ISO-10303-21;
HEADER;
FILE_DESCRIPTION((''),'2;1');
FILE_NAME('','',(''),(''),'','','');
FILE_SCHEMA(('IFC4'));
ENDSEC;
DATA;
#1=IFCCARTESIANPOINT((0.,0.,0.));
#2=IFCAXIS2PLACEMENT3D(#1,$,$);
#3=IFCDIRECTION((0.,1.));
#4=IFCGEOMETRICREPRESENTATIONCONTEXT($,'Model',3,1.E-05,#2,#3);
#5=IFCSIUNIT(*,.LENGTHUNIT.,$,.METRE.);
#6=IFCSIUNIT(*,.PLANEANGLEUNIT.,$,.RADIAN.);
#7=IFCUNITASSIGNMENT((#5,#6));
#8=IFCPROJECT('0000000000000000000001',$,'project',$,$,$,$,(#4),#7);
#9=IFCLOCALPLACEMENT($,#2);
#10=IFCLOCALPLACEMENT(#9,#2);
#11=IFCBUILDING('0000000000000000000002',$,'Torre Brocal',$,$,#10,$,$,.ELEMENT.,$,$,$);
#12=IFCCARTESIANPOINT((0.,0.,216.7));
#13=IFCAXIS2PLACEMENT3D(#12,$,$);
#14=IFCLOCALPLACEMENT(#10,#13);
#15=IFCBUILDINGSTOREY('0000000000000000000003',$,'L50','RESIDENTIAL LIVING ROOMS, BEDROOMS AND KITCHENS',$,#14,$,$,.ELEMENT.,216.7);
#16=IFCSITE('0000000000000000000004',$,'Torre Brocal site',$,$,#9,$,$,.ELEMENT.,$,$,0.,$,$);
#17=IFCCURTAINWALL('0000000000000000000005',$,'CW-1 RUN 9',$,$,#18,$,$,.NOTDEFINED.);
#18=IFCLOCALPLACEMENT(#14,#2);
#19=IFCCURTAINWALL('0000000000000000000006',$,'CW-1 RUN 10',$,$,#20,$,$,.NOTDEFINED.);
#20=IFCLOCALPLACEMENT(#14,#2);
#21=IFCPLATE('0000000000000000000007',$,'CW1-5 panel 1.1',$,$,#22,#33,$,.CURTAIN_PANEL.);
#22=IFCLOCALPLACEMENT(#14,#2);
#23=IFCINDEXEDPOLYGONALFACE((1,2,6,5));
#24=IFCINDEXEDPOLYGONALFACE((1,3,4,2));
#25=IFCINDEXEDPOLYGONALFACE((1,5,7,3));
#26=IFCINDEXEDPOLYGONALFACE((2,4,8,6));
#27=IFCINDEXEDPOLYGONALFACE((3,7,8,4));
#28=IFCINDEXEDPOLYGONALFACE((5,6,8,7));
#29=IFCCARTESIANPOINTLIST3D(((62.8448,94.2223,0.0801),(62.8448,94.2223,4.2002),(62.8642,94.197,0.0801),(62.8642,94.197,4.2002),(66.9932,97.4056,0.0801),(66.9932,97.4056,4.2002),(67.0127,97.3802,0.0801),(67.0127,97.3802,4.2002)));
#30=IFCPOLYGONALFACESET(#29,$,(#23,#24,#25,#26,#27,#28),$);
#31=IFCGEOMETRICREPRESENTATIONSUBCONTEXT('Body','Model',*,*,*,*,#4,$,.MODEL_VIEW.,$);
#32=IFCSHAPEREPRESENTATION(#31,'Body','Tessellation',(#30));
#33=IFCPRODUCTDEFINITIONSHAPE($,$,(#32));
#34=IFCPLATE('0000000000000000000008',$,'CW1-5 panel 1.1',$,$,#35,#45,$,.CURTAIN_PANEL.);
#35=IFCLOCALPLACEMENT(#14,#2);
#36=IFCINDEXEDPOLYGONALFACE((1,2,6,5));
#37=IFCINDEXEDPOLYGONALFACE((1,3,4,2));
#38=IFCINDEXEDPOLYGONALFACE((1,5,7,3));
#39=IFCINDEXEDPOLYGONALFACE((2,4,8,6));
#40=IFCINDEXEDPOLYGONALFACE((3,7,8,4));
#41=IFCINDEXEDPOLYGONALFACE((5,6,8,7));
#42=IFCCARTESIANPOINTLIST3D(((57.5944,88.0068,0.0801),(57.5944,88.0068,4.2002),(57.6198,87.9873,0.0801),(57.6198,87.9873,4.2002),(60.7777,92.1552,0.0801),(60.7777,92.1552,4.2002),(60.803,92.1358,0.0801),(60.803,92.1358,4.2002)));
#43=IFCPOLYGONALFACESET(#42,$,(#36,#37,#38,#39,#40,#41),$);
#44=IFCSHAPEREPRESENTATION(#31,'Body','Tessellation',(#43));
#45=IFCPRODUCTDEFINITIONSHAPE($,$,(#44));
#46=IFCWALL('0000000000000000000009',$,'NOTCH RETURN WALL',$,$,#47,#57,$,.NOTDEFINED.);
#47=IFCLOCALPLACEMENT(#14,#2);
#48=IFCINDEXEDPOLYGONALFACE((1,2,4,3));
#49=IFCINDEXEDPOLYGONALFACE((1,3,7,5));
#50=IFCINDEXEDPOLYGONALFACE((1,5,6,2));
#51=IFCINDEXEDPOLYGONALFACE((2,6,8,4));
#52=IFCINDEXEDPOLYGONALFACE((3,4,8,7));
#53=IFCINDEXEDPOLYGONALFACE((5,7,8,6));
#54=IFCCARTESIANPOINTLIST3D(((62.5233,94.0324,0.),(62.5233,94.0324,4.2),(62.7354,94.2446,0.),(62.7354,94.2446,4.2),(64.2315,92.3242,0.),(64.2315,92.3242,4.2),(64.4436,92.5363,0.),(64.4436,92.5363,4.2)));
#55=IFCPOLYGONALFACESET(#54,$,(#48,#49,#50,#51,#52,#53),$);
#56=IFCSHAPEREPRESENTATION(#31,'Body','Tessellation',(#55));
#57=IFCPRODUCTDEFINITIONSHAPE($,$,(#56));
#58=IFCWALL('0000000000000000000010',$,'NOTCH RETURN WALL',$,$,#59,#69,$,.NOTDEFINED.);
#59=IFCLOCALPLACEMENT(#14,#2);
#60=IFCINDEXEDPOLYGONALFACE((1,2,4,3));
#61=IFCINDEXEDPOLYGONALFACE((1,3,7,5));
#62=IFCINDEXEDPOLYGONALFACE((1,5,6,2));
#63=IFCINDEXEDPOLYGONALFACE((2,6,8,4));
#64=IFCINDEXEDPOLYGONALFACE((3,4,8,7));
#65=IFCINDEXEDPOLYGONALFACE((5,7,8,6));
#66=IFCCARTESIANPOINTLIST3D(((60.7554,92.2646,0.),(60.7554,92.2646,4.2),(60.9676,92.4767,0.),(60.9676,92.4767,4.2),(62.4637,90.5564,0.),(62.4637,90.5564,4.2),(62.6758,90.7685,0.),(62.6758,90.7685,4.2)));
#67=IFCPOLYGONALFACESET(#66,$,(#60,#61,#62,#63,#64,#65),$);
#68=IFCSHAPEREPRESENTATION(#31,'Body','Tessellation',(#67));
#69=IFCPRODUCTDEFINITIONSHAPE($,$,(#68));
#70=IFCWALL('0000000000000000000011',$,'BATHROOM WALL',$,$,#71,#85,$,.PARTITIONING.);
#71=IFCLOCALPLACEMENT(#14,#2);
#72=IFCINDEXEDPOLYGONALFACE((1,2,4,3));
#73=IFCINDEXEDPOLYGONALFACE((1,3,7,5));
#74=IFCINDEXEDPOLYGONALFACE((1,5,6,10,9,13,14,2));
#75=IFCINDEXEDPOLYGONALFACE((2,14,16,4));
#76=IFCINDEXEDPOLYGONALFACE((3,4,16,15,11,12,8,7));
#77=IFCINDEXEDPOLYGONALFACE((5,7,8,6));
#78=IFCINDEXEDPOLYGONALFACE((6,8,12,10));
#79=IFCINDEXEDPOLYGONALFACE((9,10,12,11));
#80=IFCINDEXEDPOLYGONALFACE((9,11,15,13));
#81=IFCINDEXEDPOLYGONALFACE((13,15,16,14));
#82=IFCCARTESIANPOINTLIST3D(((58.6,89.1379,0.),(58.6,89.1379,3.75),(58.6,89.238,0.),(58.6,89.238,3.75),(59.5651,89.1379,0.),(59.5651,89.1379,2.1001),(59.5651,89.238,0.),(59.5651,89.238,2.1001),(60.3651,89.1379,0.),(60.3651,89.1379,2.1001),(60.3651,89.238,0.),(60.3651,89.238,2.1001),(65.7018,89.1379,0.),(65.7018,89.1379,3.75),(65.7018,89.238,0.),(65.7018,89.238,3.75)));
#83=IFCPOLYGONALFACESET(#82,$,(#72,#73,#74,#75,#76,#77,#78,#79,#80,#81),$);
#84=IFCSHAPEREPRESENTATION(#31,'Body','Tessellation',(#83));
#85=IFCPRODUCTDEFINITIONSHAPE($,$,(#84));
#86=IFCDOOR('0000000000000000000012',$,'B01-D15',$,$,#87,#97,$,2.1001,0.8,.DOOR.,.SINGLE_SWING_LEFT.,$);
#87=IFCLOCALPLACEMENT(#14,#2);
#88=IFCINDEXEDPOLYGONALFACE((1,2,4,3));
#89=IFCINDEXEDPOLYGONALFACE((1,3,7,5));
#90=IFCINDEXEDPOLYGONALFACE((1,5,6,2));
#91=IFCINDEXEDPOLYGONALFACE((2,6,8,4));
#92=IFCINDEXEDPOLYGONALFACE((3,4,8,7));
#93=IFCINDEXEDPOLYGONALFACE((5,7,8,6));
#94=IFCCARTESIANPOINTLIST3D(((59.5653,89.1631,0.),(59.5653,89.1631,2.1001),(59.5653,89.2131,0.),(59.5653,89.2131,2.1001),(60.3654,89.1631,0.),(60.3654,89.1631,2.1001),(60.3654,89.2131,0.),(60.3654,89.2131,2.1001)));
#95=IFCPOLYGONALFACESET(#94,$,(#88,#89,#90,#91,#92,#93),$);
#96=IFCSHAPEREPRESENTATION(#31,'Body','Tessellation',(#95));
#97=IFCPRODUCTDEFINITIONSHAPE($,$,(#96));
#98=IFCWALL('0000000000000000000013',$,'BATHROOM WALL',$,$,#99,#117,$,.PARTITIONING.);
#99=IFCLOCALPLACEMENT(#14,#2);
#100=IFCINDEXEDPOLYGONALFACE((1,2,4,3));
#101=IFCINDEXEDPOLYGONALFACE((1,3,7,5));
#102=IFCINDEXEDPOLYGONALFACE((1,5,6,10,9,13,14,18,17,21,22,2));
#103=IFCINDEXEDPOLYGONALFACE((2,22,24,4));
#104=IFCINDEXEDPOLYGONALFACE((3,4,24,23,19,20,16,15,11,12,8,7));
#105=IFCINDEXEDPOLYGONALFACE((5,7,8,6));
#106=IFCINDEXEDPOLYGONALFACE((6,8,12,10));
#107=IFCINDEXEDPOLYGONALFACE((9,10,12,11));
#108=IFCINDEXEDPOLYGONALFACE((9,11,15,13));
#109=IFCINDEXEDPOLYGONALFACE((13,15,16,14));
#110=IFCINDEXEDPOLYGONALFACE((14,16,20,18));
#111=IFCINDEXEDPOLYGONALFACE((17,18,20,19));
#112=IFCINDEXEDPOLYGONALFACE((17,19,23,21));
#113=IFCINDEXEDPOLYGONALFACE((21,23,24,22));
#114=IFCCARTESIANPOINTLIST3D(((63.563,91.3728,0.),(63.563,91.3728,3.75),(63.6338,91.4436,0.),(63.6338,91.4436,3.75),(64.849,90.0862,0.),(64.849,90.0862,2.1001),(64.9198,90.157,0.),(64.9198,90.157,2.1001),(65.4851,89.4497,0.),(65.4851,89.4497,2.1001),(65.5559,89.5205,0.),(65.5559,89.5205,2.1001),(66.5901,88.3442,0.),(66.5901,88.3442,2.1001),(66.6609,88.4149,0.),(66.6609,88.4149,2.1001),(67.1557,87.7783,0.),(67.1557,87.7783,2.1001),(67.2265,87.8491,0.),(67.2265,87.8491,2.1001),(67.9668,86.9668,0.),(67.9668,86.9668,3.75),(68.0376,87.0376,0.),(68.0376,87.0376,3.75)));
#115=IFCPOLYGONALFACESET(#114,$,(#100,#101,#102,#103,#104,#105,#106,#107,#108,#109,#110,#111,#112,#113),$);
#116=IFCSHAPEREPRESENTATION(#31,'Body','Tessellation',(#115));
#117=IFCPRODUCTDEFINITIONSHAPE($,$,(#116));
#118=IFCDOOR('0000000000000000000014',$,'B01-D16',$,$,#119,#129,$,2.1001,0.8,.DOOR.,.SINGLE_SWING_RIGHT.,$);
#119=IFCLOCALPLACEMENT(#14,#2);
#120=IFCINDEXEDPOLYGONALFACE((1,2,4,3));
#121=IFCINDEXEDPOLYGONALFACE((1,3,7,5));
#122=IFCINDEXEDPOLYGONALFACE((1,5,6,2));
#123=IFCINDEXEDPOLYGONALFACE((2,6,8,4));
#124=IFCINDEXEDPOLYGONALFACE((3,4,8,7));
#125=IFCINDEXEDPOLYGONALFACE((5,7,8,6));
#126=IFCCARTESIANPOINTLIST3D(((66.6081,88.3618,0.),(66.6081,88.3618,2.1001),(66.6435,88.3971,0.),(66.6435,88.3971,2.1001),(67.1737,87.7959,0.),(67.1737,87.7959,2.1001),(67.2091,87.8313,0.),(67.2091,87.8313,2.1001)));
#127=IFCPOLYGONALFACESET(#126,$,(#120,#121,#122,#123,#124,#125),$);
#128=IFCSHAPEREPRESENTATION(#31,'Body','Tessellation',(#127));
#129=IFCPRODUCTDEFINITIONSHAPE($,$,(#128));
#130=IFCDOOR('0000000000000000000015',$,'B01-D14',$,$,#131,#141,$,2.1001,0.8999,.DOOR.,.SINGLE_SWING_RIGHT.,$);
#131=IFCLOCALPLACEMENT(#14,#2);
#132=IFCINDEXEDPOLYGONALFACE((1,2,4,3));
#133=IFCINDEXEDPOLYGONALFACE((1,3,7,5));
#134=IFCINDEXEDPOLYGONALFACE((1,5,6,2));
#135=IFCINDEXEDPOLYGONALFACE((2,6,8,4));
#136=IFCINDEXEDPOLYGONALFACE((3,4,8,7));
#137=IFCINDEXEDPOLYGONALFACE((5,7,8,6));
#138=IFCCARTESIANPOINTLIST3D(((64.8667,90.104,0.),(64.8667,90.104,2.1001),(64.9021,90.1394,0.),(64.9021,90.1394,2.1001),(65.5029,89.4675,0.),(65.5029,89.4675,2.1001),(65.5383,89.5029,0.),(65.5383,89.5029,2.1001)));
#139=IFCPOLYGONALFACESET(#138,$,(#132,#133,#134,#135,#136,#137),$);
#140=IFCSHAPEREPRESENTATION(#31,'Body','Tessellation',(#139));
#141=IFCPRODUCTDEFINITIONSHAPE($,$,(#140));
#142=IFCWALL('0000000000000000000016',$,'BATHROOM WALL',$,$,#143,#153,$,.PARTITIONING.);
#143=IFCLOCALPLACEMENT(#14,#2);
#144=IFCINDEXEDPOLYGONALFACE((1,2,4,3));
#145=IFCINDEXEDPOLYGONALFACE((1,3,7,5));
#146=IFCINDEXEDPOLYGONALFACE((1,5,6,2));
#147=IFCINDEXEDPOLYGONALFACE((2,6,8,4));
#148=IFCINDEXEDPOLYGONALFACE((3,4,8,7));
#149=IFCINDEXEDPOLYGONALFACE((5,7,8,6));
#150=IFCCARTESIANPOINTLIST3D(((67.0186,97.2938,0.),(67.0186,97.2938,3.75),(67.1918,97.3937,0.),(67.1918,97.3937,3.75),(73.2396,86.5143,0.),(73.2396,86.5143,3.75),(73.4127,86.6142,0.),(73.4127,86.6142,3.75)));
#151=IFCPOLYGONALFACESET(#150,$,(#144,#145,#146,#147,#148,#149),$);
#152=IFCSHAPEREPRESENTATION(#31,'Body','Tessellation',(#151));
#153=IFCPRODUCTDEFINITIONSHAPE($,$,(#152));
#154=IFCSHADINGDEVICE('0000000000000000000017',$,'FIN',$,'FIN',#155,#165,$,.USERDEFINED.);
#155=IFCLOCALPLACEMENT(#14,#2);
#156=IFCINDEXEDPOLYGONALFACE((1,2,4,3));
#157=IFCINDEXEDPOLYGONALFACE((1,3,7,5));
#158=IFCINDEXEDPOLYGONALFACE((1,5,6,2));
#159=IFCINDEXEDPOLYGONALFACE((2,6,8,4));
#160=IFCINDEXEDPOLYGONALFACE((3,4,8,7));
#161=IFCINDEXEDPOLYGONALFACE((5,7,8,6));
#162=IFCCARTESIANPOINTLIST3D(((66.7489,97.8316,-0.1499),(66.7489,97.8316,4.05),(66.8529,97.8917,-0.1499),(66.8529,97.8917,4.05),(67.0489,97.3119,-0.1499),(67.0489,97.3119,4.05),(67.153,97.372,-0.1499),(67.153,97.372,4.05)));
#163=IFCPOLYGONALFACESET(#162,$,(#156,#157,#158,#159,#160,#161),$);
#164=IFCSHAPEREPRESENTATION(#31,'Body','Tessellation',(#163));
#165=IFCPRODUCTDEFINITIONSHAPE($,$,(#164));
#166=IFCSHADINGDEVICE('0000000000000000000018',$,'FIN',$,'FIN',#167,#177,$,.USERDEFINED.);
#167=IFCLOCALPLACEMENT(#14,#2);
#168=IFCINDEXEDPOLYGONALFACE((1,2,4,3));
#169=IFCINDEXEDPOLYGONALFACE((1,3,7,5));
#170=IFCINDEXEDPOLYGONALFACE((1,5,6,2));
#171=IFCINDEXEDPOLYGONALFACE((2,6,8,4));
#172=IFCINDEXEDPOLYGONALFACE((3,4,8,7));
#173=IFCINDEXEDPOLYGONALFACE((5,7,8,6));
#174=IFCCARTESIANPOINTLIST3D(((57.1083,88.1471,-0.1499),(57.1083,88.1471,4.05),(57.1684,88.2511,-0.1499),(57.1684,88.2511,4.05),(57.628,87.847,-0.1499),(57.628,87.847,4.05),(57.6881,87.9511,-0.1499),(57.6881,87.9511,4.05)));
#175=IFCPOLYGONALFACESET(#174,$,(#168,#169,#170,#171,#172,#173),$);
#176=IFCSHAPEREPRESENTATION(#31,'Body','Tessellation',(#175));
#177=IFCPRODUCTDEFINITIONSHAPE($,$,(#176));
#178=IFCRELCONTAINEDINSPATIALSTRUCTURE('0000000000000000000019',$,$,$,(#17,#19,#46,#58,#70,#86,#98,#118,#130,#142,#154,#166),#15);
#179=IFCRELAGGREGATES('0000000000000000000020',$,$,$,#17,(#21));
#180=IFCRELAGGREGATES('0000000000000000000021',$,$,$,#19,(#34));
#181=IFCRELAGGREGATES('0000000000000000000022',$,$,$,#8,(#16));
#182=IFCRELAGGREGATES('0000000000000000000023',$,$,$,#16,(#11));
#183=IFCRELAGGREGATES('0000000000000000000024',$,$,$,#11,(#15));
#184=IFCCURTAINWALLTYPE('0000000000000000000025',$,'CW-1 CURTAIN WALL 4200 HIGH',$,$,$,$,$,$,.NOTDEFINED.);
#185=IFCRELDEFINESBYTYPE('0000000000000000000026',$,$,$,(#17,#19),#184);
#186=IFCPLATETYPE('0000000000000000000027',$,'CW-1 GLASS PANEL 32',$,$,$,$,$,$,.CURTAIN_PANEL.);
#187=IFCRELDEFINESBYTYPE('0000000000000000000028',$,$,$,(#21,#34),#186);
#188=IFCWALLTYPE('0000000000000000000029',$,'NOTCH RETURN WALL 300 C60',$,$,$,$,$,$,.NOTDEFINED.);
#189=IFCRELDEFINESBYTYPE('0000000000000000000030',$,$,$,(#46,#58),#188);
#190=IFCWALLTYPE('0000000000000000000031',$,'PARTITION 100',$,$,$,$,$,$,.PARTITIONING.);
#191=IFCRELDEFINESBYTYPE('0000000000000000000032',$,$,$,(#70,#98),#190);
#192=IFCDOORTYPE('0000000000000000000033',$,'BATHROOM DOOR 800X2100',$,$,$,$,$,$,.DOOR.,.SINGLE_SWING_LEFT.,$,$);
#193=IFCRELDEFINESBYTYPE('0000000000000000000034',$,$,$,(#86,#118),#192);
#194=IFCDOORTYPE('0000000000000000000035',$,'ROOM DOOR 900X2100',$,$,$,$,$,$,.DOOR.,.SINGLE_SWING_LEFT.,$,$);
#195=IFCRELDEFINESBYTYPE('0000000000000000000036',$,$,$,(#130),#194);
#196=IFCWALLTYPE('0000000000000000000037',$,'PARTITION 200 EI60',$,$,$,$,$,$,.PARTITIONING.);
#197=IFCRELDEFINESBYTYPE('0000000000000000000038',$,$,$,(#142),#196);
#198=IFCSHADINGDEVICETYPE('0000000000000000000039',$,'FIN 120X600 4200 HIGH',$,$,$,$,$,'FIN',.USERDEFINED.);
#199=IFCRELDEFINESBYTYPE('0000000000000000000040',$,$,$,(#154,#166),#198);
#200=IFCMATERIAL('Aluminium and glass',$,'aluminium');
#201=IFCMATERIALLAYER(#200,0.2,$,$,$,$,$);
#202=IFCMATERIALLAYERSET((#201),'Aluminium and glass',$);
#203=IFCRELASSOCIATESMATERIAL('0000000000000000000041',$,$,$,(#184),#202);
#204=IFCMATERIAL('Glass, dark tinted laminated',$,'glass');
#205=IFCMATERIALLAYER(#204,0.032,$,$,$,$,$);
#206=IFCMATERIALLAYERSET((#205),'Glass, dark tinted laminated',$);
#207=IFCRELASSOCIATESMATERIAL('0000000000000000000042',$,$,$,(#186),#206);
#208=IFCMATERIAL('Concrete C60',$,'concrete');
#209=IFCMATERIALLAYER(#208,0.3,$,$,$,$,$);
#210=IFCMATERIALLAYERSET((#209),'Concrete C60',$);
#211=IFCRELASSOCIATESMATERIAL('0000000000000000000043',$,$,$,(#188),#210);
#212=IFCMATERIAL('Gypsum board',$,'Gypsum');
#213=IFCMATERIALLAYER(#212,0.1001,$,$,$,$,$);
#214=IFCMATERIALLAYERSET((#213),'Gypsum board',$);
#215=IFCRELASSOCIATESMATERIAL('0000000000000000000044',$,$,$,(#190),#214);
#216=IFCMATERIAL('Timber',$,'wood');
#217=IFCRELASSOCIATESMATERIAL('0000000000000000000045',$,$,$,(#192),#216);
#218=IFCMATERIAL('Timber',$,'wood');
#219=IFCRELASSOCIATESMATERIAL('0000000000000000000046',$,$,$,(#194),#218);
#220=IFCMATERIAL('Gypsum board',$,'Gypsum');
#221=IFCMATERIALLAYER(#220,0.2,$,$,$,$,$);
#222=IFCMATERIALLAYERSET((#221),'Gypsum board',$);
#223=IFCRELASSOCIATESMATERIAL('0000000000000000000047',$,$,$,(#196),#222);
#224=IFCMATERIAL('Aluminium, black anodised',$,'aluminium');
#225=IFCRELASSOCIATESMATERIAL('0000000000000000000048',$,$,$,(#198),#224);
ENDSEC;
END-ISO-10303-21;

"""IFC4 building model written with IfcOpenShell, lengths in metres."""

from ifc_helpers import new_model, si_unit, direction, frame, frame_2d, origin, origin_2d, place, context, subcontext, project, spatial, rectangle, extrude, material, layer, layer_set, material_profile, profile_set, type_object, element, fill, aggregate, save


model = new_model("IFC4")

# Units and contexts
model_context = context("Model", 3, precision=1e-05, world=origin(), true_north=direction((0.0, 1.0)))
body_context = subcontext(model_context, "Body", "Model", "MODEL_VIEW")
ifc_project = project(units=[si_unit("LENGTHUNIT", "METRE"), si_unit("PLANEANGLEUNIT", "RADIAN")], contexts=[model_context])

# Site, building, storey
site_placement = place(None, origin())
site = spatial("IfcSite", under=ifc_project, at=site_placement, Name="Torre Brocal site", CompositionType="ELEMENT", RefElevation=0.0)
building_placement = place(site_placement, origin())
building = spatial("IfcBuilding", under=site, at=building_placement, Name="Torre Brocal", CompositionType="ELEMENT")
storey_placement = place(building_placement, frame((0.0, 0.0, 216.7)))
storey = spatial("IfcBuildingStorey", under=building, at=storey_placement, Name="L50", Description="RESIDENTIAL LIVING ROOMS, BEDROOMS AND KITCHENS", CompositionType="ELEMENT", Elevation=216.7)

# Shared definitions
ifc_material_1 = material(Name="Aluminium and glass", Category="aluminium")
ifc_layer_1 = layer(ifc_material_1, 0.2)
ifc_layer_set_1 = layer_set([ifc_layer_1], Name="Aluminium and glass")
curtain_wall_type = type_object("IfcCurtainWallType", Name="CW-1 CURTAIN WALL 4200 HIGH", PredefinedType="NOTDEFINED", material=ifc_layer_set_1)

# Curtain walls
curtain_wall_1_placement = place(storey_placement, origin())
curtain_wall_1 = element("IfcCurtainWall", 1, at=curtain_wall_1_placement, inside=storey, type_object=curtain_wall_type, Name="CW-1 RUN 9", PredefinedType="NOTDEFINED")
curtain_wall_2_placement = place(storey_placement, origin())
curtain_wall_2 = element("IfcCurtainWall", 2, at=curtain_wall_2_placement, inside=storey, type_object=curtain_wall_type, Name="CW-1 RUN 10", PredefinedType="NOTDEFINED")

# Plates
ifc_material_2 = material(Name="Glass, dark tinted laminated", Category="glass")
ifc_layer_2 = layer(ifc_material_2, 0.032)
ifc_layer_set_2 = layer_set([ifc_layer_2], Name="Glass, dark tinted laminated")
plate_type = type_object("IfcPlateType", Name="CW-1 GLASS PANEL 32", PredefinedType="CURTAIN_PANEL", material=ifc_layer_set_2)
plate_1_placement = place(storey_placement, frame((64.9287, 95.8013, 0.0801), z_axis=(0.0, 0.0, 1.0), x_axis=(-0.793353, -0.608761, 0.0)))
plate_1 = element("IfcPlate", 3, at=plate_1_placement, type_object=plate_type, Name="CW1-5 panel 1.1", PredefinedType="CURTAIN_PANEL", context=body_context, shape_type="SweptSolid", body=[
    extrude(rectangle(XDim=5.229, YDim=0.032, at=origin_2d()), origin(), (0.0, 0.0, 1.0), 4.1201),
])
aggregate(curtain_wall_1, [plate_1])
plate_2_placement = place(storey_placement, frame((59.1987, 90.0713, 0.0801), z_axis=(0.0, 0.0, 1.0), x_axis=(-0.608761, -0.793353, 0.0)))
plate_2 = element("IfcPlate", 4, at=plate_2_placement, type_object=plate_type, Name="CW1-5 panel 1.1", PredefinedType="CURTAIN_PANEL", context=body_context, shape_type="SweptSolid", body=[
    extrude(rectangle(XDim=5.229, YDim=0.032, at=origin_2d()), origin(), (0.0, 0.0, 1.0), 4.1201),
])
aggregate(curtain_wall_2, [plate_2])

# Walls
ifc_material_3 = material(Name="Concrete C60", Category="concrete")
ifc_layer_3 = layer(ifc_material_3, 0.3)
ifc_layer_set_3 = layer_set([ifc_layer_3], Name="Concrete C60")
wall_type_1 = type_object("IfcWallType", Name="NOTCH RETURN WALL 300 C60", PredefinedType="NOTDEFINED", material=ifc_layer_set_3)
for number, where, z_axis, x_axis, name in (
    (5, (64.3376, 92.4302, 0.0), (0.0, 0.0, 1.0), (-0.707107, 0.707107, 0.0), "NOTCH RETURN WALL"),
    (6, (62.5698, 90.6624, 0.0), (0.0, 0.0, 1.0), (-0.707107, 0.707107, 0.0), "NOTCH RETURN WALL"),
):
    element("IfcWall", number, at=place(storey_placement, frame(where, z_axis=z_axis, x_axis=x_axis)), inside=storey, type_object=wall_type_1, Name=name, PredefinedType="NOTDEFINED", context=body_context, shape_type="SweptSolid", body=[
        extrude(rectangle(XDim=2.4158, YDim=0.3, at=frame_2d((1.208, 0.0))), origin(), (0.0, 0.0, 1.0), 4.2),
    ])

# Wall, opening, door
ifc_material_4 = material(Name="Gypsum board", Category="Gypsum")
ifc_layer_4 = layer(ifc_material_4, 0.1001)
ifc_layer_set_4 = layer_set([ifc_layer_4], Name="Gypsum board")
wall_type_2 = type_object("IfcWallType", Name="PARTITION 100", PredefinedType="PARTITIONING", material=ifc_layer_set_4)
wall_1_placement = place(storey_placement, frame((58.6001, 89.188, 0.0), z_axis=(0.0, 0.0, 1.0), x_axis=(1.0, 0.0, 0.0)))
wall_1 = element("IfcWall", 7, at=wall_1_placement, inside=storey, type_object=wall_type_2, Name="BATHROOM WALL", PredefinedType="PARTITIONING", context=body_context, shape_type="SweptSolid", body=[
    extrude(rectangle(XDim=7.1018, YDim=0.1001, at=frame_2d((3.5508, 0.0))), origin(), (0.0, 0.0, 1.0), 3.75),
])
opening_1_placement = place(wall_1_placement, frame((0.9651, 0.0, 0.0)))
opening_1 = element("IfcOpeningElement", 8, at=opening_1_placement, cuts=wall_1, PredefinedType="OPENING", context=body_context, shape_type="SweptSolid", body=[
    extrude(rectangle(XDim=0.8, YDim=2.1001, at=frame_2d((0.3999, 1.05))), frame((0.0, 0.0601, 0.0), z_axis=(0.0, -1.0, 0.0), x_axis=(1.0, 0.0, 0.0)), (0.0, 0.0, 1.0), 0.1201),
])
ifc_material_5 = material(Name="Timber", Category="wood")
door_type_1 = type_object("IfcDoorType", Name="BATHROOM DOOR 800X2100", OperationType="SINGLE_SWING_LEFT", PredefinedType="DOOR", material=ifc_material_5)
door_1_placement = place(opening_1_placement, frame((0.8, 0.0, 0.0), z_axis=(0.0, 0.0, 1.0), x_axis=(-1.0, 0.0, 0.0)))
door_1 = element("IfcDoor", 9, at=door_1_placement, inside=storey, type_object=door_type_1, Name="B01-D15", OperationType="SINGLE_SWING_LEFT", OverallHeight=2.1001, OverallWidth=0.8, PredefinedType="DOOR", context=body_context, shape_type="SweptSolid", body=[
    extrude(rectangle(XDim=0.8, YDim=2.1001, at=frame_2d((0.3999, 1.05))), frame((0.0, 0.0249, 0.0), z_axis=(0.0, -1.0, 0.0), x_axis=(1.0, 0.0, 0.0)), (0.0, 0.0, 1.0), 0.05),
])
fill(opening_1, door_1)

# Wall, openings, doors
wall_2_placement = place(storey_placement, frame((63.5984, 91.4082, 0.0), z_axis=(0.0, 0.0, 1.0), x_axis=(0.70693, -0.707283, 0.0)))
wall_2 = element("IfcWall", 10, at=wall_2_placement, inside=storey, type_object=wall_type_2, Name="BATHROOM WALL", PredefinedType="PARTITIONING", context=body_context, shape_type="SweptSolid", body=[
    extrude(rectangle(XDim=6.2295, YDim=0.1001, at=frame_2d((3.1147, 0.0))), origin(), (0.0, 0.0, 1.0), 3.75),
])
opening_2_placement = place(wall_2_placement, frame((1.8191, 0.0, 0.0)))
opening_2 = element("IfcOpeningElement", 11, at=opening_2_placement, cuts=wall_2, PredefinedType="OPENING", context=body_context, shape_type="SweptSolid", body=[
    extrude(rectangle(XDim=0.8999, YDim=2.1001, at=frame_2d((0.45, 1.05))), frame((0.0, 0.0601, 0.0), z_axis=(0.0, -1.0, 0.0), x_axis=(1.0, 0.0, 0.0)), (0.0, 0.0, 1.0), 0.1201),
])
opening_3_placement = place(wall_2_placement, frame((4.2822, 0.0, 0.0)))
opening_3 = element("IfcOpeningElement", 12, at=opening_3_placement, cuts=wall_2, PredefinedType="OPENING", context=body_context, shape_type="SweptSolid", body=[
    extrude(rectangle(XDim=0.8, YDim=2.1001, at=frame_2d((0.3999, 1.05))), frame((0.0, 0.0601, 0.0), z_axis=(0.0, -1.0, 0.0), x_axis=(1.0, 0.0, 0.0)), (0.0, 0.0, 1.0), 0.1201),
])
door_2_placement = place(opening_3_placement, frame((0.8, 0.0, 0.0), z_axis=(0.0, 0.0, 1.0), x_axis=(-1.0, 0.0, 0.0)))
door_2 = element("IfcDoor", 13, at=door_2_placement, inside=storey, type_object=door_type_1, Name="B01-D16", OperationType="SINGLE_SWING_RIGHT", OverallHeight=2.1001, OverallWidth=0.8, PredefinedType="DOOR", context=body_context, shape_type="SweptSolid", body=[
    extrude(rectangle(XDim=0.8, YDim=2.1001, at=frame_2d((0.3999, 1.05))), frame((0.0, 0.0249, 0.0), z_axis=(0.0, -1.0, 0.0), x_axis=(1.0, 0.0, 0.0)), (0.0, 0.0, 1.0), 0.05),
])
fill(opening_3, door_2)
ifc_material_6 = material(Name="Timber", Category="wood")
door_type_2 = type_object("IfcDoorType", Name="ROOM DOOR 900X2100", OperationType="SINGLE_SWING_LEFT", PredefinedType="DOOR", material=ifc_material_6)
door_3_placement = place(opening_2_placement, frame((0.8999, 0.0, 0.0), z_axis=(0.0, 0.0, 1.0), x_axis=(-1.0, 0.0, 0.0)))
door_3 = element("IfcDoor", 14, at=door_3_placement, inside=storey, type_object=door_type_2, Name="B01-D14", OperationType="SINGLE_SWING_RIGHT", OverallHeight=2.1001, OverallWidth=0.8999, PredefinedType="DOOR", context=body_context, shape_type="SweptSolid", body=[
    extrude(rectangle(XDim=0.8999, YDim=2.1001, at=frame_2d((0.45, 1.05))), frame((0.0, 0.0249, 0.0), z_axis=(0.0, -1.0, 0.0), x_axis=(1.0, 0.0, 0.0)), (0.0, 0.0, 1.0), 0.05),
])
fill(opening_2, door_3)

# Wall
ifc_material_7 = material(Name="Gypsum board", Category="Gypsum")
ifc_layer_5 = layer(ifc_material_7, 0.2)
ifc_layer_set_5 = layer_set([ifc_layer_5], Name="Gypsum board")
wall_type_3 = type_object("IfcWallType", Name="PARTITION 200 EI60", PredefinedType="PARTITIONING", material=ifc_layer_set_5)
wall_3_placement = place(storey_placement, frame((67.1052, 97.3438, 0.0), z_axis=(0.0, 0.0, 1.0), x_axis=(0.499842, -0.866117, 0.0)))
element("IfcWall", 15, at=wall_3_placement, inside=storey, type_object=wall_type_3, Name="BATHROOM WALL", PredefinedType="PARTITIONING", context=body_context, shape_type="SweptSolid", body=[
    extrude(rectangle(XDim=12.4458, YDim=0.2, at=frame_2d((6.2229, 0.0))), origin(), (0.0, 0.0, 1.0), 3.75),
])

# Shading devices
ifc_material_8 = material(Name="Aluminium, black anodised", Category="aluminium")
ifc_material_profile_1 = material_profile(ifc_material_8, rectangle(XDim=0.1201, YDim=0.6001, at=origin_2d()), Name="FIN 120X600 4200 HIGH")
ifc_profile_set_1 = profile_set([ifc_material_profile_1], Name="Aluminium, black anodised")
shading_device_type = type_object("IfcShadingDeviceType", Name="FIN 120X600 4200 HIGH", ElementType="FIN", PredefinedType="USERDEFINED", material=ifc_profile_set_1)
for number, where, z_axis, x_axis, name in (
    (16, (66.9509, 97.6018, -0.1499), (0.0, 0.0, 1.0), (-0.866025, -0.5, 0.0), "FIN"),
    (17, (57.3982, 88.0491, -0.1499), (0.0, 0.0, 1.0), (-0.5, -0.866025, 0.0), "FIN"),
):
    element("IfcShadingDevice", number, at=place(storey_placement, frame(where, z_axis=z_axis, x_axis=x_axis)), inside=storey, type_object=shading_device_type, Name=name, ObjectType="FIN", PredefinedType="USERDEFINED", context=body_context, shape_type="SweptSolid", body=[
        extrude(rectangle(XDim=0.1201, YDim=0.6001, at=origin_2d()), origin(), (0.0, 0.0, 1.0), 4.2),
    ])

save(model, "model.ifc")
